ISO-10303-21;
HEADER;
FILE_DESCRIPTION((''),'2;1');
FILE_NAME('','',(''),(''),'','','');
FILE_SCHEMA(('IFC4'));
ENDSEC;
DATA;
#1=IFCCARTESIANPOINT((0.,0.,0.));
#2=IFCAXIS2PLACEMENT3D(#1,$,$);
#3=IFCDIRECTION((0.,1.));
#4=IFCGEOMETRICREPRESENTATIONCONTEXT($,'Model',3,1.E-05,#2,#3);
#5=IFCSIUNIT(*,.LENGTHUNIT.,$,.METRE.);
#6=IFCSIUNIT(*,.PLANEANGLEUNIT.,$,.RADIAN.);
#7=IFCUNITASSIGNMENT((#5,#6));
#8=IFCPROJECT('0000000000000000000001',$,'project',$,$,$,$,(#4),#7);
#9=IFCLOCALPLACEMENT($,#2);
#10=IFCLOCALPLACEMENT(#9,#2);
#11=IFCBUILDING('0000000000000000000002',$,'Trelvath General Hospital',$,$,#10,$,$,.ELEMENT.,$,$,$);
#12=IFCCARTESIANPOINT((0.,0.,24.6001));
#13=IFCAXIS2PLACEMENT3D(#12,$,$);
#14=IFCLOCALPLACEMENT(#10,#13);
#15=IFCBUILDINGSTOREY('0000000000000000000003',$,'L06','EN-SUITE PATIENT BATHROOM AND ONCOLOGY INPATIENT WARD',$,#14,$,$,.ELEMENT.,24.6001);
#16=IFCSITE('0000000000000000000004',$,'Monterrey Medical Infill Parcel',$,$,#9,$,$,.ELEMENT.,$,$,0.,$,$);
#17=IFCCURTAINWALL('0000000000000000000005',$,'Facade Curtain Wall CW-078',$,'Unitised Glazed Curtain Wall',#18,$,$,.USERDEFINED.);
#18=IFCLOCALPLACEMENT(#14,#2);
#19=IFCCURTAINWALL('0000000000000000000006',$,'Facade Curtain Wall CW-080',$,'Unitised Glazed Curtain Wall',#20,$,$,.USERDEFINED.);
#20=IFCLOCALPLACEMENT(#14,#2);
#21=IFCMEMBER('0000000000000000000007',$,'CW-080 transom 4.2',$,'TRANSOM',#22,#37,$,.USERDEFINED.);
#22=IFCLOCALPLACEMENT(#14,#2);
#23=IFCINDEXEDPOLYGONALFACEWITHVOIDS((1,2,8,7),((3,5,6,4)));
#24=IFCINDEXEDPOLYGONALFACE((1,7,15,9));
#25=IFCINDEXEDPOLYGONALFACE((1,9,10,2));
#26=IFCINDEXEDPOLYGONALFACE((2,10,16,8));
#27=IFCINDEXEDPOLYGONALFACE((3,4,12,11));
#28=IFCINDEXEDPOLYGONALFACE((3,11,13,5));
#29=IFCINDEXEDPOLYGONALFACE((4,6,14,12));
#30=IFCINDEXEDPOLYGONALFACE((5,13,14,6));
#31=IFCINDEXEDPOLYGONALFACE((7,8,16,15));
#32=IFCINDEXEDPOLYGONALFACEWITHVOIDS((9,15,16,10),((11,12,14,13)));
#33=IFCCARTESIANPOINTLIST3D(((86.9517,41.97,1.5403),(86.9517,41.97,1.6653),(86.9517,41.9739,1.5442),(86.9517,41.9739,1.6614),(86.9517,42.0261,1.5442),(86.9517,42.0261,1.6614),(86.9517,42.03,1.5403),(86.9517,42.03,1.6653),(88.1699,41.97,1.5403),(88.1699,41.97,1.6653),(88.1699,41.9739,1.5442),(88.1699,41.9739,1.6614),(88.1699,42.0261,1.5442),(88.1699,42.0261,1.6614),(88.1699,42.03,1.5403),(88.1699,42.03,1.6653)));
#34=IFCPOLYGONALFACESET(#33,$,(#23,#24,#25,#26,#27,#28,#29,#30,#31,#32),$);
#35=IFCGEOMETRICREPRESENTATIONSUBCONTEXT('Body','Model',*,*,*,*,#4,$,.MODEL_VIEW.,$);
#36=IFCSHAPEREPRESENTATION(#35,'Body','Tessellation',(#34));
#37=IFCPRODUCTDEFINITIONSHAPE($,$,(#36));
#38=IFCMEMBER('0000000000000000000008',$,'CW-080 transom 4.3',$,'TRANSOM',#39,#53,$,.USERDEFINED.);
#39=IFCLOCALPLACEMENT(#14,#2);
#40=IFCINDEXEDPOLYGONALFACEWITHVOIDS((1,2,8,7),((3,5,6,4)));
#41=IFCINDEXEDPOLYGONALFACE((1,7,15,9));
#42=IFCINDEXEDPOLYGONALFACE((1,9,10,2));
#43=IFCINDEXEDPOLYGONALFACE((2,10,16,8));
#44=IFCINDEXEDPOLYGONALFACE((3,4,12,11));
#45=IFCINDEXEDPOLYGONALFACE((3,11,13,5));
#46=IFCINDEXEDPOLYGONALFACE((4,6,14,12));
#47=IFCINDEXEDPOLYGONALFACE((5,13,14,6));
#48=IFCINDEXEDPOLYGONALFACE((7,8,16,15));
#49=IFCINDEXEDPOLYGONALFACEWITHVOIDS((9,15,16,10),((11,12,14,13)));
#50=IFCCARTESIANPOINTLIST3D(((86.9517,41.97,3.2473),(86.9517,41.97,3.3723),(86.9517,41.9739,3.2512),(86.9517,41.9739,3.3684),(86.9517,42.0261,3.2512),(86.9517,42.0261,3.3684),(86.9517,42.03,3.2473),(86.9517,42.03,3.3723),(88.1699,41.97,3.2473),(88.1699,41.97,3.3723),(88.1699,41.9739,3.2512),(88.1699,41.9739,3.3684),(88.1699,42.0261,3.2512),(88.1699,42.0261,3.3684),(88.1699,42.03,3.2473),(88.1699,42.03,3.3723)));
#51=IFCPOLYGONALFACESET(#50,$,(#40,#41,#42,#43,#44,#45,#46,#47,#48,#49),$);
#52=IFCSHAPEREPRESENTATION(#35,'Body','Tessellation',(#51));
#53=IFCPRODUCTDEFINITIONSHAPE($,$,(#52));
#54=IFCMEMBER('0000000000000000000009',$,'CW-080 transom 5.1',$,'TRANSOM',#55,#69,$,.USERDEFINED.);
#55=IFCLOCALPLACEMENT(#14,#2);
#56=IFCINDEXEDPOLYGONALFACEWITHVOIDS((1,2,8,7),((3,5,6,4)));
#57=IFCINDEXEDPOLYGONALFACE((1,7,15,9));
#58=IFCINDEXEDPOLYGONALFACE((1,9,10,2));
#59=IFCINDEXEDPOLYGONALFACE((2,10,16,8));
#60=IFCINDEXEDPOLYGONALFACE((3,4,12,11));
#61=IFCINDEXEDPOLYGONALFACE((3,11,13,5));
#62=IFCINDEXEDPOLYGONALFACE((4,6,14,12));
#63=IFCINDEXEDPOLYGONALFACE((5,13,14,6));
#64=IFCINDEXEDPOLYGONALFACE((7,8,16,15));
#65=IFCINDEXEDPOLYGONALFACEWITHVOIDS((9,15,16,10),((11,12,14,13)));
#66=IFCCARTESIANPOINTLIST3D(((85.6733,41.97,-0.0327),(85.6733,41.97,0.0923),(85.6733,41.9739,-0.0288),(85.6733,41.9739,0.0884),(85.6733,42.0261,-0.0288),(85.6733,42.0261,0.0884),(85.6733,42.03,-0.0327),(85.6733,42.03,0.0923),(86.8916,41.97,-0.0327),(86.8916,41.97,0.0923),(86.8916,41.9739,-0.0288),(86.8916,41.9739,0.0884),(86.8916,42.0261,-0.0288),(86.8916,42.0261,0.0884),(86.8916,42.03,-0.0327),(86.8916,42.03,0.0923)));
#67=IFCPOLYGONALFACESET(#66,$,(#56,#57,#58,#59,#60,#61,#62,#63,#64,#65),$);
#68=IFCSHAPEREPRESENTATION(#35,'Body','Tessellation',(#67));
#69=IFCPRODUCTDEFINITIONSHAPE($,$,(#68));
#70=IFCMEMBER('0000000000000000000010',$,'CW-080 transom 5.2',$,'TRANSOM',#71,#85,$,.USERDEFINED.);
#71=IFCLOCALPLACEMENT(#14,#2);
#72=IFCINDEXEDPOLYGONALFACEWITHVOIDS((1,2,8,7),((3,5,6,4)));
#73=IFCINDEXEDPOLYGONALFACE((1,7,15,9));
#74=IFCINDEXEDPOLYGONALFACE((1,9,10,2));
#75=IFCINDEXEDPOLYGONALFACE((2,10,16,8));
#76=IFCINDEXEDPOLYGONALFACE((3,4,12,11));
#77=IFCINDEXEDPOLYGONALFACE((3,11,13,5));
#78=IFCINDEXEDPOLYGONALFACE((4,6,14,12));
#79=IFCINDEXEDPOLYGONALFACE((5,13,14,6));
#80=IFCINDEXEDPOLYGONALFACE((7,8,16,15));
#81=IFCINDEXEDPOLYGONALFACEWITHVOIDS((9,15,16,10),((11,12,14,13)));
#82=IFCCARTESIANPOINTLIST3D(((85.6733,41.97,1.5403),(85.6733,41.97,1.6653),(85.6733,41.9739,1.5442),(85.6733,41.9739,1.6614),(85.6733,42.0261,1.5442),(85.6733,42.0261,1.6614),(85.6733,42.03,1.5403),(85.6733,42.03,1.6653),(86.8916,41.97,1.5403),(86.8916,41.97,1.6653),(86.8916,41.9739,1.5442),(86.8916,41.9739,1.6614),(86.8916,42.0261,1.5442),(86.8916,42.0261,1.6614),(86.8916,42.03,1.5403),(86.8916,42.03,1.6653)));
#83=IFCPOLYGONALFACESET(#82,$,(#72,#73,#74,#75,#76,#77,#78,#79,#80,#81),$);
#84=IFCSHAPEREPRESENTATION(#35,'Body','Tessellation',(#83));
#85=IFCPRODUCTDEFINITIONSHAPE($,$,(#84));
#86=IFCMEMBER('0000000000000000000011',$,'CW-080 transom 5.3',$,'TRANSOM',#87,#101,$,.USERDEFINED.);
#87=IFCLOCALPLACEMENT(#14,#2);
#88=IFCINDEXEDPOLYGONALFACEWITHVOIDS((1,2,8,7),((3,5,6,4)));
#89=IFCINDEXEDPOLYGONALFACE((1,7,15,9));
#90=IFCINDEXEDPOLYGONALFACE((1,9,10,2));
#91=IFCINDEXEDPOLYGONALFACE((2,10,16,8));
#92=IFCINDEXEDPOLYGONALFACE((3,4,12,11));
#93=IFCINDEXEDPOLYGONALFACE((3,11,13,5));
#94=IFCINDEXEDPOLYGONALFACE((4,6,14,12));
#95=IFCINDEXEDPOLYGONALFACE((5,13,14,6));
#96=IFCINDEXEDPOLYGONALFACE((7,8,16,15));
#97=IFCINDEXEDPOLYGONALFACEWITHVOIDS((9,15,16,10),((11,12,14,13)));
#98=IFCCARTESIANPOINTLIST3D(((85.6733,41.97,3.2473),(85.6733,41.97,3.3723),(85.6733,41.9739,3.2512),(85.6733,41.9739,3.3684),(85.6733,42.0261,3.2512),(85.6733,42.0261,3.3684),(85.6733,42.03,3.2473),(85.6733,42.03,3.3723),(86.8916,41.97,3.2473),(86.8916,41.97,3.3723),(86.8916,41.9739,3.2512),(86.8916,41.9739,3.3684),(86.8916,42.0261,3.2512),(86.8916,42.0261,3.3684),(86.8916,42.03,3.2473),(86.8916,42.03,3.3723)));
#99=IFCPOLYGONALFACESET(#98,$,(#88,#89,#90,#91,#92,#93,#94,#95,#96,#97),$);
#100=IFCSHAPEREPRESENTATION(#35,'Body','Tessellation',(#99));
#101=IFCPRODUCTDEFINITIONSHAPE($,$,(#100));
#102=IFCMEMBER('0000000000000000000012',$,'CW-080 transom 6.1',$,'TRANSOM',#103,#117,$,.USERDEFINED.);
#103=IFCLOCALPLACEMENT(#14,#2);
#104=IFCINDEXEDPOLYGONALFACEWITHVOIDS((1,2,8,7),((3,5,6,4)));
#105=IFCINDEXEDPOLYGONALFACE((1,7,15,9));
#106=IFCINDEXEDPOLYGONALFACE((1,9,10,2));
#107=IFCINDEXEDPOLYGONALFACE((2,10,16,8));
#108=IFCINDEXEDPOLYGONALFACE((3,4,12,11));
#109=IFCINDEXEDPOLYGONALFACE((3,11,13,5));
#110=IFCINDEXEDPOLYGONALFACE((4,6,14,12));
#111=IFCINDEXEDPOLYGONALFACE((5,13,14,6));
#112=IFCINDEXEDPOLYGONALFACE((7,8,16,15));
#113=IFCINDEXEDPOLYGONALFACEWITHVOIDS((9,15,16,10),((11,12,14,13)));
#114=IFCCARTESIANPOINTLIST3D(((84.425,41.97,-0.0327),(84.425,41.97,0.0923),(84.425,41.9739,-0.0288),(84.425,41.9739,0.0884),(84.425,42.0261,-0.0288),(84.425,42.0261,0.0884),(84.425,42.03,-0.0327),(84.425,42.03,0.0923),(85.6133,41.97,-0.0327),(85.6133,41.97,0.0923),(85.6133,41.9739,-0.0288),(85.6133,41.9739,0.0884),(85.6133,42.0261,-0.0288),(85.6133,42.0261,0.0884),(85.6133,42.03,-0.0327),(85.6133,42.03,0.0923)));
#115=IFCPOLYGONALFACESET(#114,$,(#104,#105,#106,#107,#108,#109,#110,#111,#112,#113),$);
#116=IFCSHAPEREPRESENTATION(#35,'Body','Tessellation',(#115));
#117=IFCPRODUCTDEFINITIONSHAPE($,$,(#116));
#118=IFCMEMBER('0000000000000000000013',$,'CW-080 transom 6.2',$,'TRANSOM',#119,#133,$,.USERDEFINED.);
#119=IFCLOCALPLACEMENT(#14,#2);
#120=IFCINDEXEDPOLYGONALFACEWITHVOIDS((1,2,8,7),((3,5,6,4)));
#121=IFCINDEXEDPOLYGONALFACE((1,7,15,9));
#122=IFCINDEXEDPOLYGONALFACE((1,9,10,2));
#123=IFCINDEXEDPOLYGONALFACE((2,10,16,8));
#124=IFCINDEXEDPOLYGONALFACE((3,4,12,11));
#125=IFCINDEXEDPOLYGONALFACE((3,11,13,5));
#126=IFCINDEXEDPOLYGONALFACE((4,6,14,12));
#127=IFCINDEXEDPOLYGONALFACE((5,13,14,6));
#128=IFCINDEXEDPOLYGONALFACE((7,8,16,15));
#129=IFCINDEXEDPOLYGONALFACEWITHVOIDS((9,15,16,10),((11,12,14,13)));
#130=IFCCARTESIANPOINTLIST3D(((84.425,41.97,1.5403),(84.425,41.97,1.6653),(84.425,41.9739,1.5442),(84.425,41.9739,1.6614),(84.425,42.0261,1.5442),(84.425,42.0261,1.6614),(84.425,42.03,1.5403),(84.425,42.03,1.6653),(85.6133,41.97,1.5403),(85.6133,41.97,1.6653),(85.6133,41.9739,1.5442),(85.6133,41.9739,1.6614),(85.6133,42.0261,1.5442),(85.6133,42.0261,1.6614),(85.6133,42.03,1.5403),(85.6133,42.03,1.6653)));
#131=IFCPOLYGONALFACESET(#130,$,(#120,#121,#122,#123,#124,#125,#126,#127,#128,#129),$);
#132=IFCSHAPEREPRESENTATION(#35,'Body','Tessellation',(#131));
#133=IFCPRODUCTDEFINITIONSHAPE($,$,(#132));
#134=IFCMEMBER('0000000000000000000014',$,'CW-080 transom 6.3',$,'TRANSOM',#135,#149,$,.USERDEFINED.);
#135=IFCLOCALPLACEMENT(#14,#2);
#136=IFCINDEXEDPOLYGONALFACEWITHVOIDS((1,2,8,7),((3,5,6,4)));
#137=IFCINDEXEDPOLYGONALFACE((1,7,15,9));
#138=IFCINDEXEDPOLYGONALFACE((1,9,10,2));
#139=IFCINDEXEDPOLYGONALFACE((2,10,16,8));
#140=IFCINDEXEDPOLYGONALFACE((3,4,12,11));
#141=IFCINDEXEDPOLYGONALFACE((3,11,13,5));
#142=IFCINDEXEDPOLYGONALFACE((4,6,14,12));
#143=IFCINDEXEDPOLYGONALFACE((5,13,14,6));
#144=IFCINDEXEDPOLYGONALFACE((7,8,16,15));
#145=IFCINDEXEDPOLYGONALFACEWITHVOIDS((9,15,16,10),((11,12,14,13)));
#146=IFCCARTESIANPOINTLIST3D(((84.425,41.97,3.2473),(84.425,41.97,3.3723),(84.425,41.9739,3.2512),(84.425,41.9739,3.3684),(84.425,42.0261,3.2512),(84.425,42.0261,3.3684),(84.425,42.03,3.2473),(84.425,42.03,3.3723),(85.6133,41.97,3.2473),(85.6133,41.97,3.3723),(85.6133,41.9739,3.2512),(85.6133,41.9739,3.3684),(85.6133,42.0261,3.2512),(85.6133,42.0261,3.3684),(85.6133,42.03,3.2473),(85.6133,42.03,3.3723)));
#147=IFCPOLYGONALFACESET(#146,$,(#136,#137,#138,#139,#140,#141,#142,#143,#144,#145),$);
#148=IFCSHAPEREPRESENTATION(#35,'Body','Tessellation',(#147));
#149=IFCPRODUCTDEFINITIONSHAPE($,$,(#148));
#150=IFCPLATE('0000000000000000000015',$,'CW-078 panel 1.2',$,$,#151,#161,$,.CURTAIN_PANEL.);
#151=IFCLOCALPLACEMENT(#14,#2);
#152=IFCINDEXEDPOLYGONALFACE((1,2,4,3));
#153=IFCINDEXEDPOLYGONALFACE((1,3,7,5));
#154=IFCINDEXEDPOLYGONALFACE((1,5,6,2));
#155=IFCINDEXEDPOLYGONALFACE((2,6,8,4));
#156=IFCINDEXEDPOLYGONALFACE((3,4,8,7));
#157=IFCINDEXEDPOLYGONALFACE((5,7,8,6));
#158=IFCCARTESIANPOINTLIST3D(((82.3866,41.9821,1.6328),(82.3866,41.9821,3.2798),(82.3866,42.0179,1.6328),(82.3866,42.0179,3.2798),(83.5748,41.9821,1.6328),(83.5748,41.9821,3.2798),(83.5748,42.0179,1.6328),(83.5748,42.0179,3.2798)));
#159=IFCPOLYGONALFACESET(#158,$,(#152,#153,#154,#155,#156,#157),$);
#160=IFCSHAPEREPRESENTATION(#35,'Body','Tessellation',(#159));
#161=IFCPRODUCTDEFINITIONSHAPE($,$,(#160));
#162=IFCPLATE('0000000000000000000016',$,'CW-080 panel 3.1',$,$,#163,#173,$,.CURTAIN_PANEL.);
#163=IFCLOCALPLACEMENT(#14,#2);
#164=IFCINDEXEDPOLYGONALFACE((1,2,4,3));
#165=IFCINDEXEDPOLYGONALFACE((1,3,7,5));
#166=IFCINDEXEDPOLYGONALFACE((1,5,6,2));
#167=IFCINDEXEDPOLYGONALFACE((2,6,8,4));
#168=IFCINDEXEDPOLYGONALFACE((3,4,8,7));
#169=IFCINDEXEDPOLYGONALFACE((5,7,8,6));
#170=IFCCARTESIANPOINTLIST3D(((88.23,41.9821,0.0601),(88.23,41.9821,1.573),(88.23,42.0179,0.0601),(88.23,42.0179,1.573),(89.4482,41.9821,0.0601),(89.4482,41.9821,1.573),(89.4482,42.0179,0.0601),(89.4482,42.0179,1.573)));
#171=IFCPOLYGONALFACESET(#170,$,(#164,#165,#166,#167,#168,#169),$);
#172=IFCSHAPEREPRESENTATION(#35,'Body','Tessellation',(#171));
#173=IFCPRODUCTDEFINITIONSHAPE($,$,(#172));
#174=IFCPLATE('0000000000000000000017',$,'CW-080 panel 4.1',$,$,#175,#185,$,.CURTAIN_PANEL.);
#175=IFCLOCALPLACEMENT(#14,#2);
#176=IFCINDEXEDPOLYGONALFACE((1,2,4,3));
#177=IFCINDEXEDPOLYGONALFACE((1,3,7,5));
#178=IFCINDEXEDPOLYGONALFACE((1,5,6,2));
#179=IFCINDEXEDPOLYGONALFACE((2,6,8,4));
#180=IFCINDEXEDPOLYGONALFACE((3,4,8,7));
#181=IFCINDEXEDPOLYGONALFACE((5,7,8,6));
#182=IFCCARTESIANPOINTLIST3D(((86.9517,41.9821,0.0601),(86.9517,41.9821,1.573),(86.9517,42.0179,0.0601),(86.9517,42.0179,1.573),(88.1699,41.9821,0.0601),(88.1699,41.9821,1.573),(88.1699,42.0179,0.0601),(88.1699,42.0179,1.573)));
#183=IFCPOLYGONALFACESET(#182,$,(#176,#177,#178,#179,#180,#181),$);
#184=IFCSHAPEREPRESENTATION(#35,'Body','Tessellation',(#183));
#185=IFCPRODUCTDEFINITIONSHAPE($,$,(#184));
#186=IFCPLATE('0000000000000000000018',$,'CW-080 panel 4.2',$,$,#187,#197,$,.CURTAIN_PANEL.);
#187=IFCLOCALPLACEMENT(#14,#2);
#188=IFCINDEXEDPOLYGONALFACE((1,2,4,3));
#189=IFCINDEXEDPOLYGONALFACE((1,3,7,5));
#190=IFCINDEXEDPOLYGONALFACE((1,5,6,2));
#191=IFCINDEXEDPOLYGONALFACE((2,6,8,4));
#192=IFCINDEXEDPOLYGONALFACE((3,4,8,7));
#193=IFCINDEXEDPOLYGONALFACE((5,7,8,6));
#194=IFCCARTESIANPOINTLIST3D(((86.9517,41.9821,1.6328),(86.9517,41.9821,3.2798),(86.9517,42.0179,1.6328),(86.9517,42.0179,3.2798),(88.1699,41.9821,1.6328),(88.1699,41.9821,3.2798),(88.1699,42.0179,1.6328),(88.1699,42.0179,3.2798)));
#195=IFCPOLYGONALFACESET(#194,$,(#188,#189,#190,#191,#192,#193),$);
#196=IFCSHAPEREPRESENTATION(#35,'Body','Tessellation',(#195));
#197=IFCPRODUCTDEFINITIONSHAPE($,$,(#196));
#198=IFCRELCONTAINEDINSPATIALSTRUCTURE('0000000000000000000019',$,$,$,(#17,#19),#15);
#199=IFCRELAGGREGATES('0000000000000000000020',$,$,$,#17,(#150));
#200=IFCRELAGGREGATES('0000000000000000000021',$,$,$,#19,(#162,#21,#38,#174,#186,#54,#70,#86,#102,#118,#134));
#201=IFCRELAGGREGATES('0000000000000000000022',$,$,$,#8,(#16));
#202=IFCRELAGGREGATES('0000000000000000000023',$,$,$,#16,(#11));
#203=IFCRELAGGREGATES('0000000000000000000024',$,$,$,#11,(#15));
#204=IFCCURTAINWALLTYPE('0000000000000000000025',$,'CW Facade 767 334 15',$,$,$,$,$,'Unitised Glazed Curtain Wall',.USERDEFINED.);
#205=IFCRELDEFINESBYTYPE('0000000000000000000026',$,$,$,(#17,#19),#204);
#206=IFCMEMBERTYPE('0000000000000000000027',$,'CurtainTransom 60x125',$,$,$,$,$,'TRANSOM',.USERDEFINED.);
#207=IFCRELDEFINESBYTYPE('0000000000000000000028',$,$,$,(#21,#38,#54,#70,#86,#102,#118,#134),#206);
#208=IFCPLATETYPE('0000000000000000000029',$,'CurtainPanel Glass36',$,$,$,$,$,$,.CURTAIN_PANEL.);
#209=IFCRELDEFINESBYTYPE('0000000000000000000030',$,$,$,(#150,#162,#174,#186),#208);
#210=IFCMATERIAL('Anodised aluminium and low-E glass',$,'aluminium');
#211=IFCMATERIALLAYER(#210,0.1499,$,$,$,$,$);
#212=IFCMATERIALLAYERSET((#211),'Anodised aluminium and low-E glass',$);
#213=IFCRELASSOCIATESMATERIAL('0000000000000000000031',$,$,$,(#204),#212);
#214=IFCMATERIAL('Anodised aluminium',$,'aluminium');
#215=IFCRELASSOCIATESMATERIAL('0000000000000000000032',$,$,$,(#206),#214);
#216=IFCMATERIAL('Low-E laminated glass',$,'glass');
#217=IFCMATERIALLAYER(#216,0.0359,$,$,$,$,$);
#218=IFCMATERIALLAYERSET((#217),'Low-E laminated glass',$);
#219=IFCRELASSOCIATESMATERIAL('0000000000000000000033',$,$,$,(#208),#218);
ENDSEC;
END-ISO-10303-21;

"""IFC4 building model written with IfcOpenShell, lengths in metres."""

from ifc_helpers import new_model, si_unit, direction, frame, origin, origin_2d, place, context, subcontext, project, spatial, rectangle, hollow_rectangle, extrude, material, layer, layer_set, material_profile, profile_set, type_object, element, aggregate, save


model = new_model("IFC4")

# Units and contexts
model_context = context("Model", 3, precision=1e-05, world=origin(), true_north=direction((0.0, 1.0)))
body_context = subcontext(model_context, "Body", "Model", "MODEL_VIEW")
ifc_project = project(units=[si_unit("LENGTHUNIT", "METRE"), si_unit("PLANEANGLEUNIT", "RADIAN")], contexts=[model_context])

# Site, building, storey
site_placement = place(None, origin())
site = spatial("IfcSite", under=ifc_project, at=site_placement, Name="Monterrey Medical Infill Parcel", CompositionType="ELEMENT", RefElevation=0.0)
building_placement = place(site_placement, origin())
building = spatial("IfcBuilding", under=site, at=building_placement, Name="Trelvath General Hospital", CompositionType="ELEMENT")
storey_placement = place(building_placement, frame((0.0, 0.0, 24.6001)))
storey = spatial("IfcBuildingStorey", under=building, at=storey_placement, Name="L06", Description="EN-SUITE PATIENT BATHROOM AND ONCOLOGY INPATIENT WARD", CompositionType="ELEMENT", Elevation=24.6001)

# Curtain wall
ifc_material_1 = material(Name="Anodised aluminium and low-E glass", Category="aluminium")
ifc_layer_1 = layer(ifc_material_1, 0.1499)
ifc_layer_set_1 = layer_set([ifc_layer_1], Name="Anodised aluminium and low-E glass")
curtain_wall_type = type_object("IfcCurtainWallType", Name="CW Facade 767 334 15", ElementType="Unitised Glazed Curtain Wall", PredefinedType="USERDEFINED", material=ifc_layer_set_1)
curtain_wall_1_placement = place(storey_placement, origin())
curtain_wall_1 = element("IfcCurtainWall", 1, at=curtain_wall_1_placement, inside=storey, type_object=curtain_wall_type, Name="Facade Curtain Wall CW-078", ObjectType="Unitised Glazed Curtain Wall", PredefinedType="USERDEFINED")

# Curtain wall
curtain_wall_2_placement = place(storey_placement, origin())
curtain_wall_2 = element("IfcCurtainWall", 2, at=curtain_wall_2_placement, inside=storey, type_object=curtain_wall_type, Name="Facade Curtain Wall CW-080", ObjectType="Unitised Glazed Curtain Wall", PredefinedType="USERDEFINED")

# Members
ifc_material_2 = material(Name="Anodised aluminium", Category="aluminium")
ifc_material_profile_1 = material_profile(ifc_material_2, hollow_rectangle(XDim=0.0601, YDim=0.125, WallThickness=0.0039, at=origin_2d()), Name="RHS60x125x4")
ifc_profile_set_1 = profile_set([ifc_material_profile_1], Name="Anodised aluminium")
member_type_1 = type_object("IfcMemberType", Name="CurtainTransom 60x125", ElementType="TRANSOM", PredefinedType="USERDEFINED", material=ifc_profile_set_1)
member_1_placement = place(storey_placement, frame((88.1699, 42.0, 1.6028), z_axis=(-1.0, 0.0, 0.0), x_axis=(0.0, -1.0, 0.0)))
member_1 = element("IfcMember", 3, at=member_1_placement, type_object=member_type_1, Name="CW-080 transom 4.2", ObjectType="TRANSOM", PredefinedType="USERDEFINED", context=body_context, shape_type="SweptSolid", body=[
    extrude(hollow_rectangle(XDim=0.0601, YDim=0.125, WallThickness=0.0039, at=origin_2d()), origin(), (0.0, 0.0, 1.0), 1.2183),
])
member_2_placement = place(storey_placement, frame((88.1699, 42.0, 3.3098), z_axis=(-1.0, 0.0, 0.0), x_axis=(0.0, -1.0, 0.0)))
member_2 = element("IfcMember", 4, at=member_2_placement, type_object=member_type_1, Name="CW-080 transom 4.3", ObjectType="TRANSOM", PredefinedType="USERDEFINED", context=body_context, shape_type="SweptSolid", body=[
    extrude(hollow_rectangle(XDim=0.0601, YDim=0.125, WallThickness=0.0039, at=origin_2d()), origin(), (0.0, 0.0, 1.0), 1.2183),
])
member_3_placement = place(storey_placement, frame((86.8916, 42.0, 0.0298), z_axis=(-1.0, 0.0, 0.0), x_axis=(0.0, -1.0, 0.0)))
member_3 = element("IfcMember", 5, at=member_3_placement, type_object=member_type_1, Name="CW-080 transom 5.1", ObjectType="TRANSOM", PredefinedType="USERDEFINED", context=body_context, shape_type="SweptSolid", body=[
    extrude(hollow_rectangle(XDim=0.0601, YDim=0.125, WallThickness=0.0039, at=origin_2d()), origin(), (0.0, 0.0, 1.0), 1.2183),
])
member_4_placement = place(storey_placement, frame((86.8916, 42.0, 1.6028), z_axis=(-1.0, 0.0, 0.0), x_axis=(0.0, -1.0, 0.0)))
member_4 = element("IfcMember", 6, at=member_4_placement, type_object=member_type_1, Name="CW-080 transom 5.2", ObjectType="TRANSOM", PredefinedType="USERDEFINED", context=body_context, shape_type="SweptSolid", body=[
    extrude(hollow_rectangle(XDim=0.0601, YDim=0.125, WallThickness=0.0039, at=origin_2d()), origin(), (0.0, 0.0, 1.0), 1.2183),
])
member_5_placement = place(storey_placement, frame((86.8916, 42.0, 3.3098), z_axis=(-1.0, 0.0, 0.0), x_axis=(0.0, -1.0, 0.0)))
member_5 = element("IfcMember", 7, at=member_5_placement, type_object=member_type_1, Name="CW-080 transom 5.3", ObjectType="TRANSOM", PredefinedType="USERDEFINED", context=body_context, shape_type="SweptSolid", body=[
    extrude(hollow_rectangle(XDim=0.0601, YDim=0.125, WallThickness=0.0039, at=origin_2d()), origin(), (0.0, 0.0, 1.0), 1.2183),
])
member_6_placement = place(storey_placement, frame((85.6133, 42.0, 0.0298), z_axis=(-1.0, 0.0, 0.0), x_axis=(0.0, -1.0, 0.0)))
member_6 = element("IfcMember", 8, at=member_6_placement, type_object=member_type_1, Name="CW-080 transom 6.1", ObjectType="TRANSOM", PredefinedType="USERDEFINED", context=body_context, shape_type="SweptSolid", body=[
    extrude(hollow_rectangle(XDim=0.0601, YDim=0.125, WallThickness=0.0039, at=origin_2d()), origin(), (0.0, 0.0, 1.0), 1.1882),
])
member_7_placement = place(storey_placement, frame((85.6133, 42.0, 1.6028), z_axis=(-1.0, 0.0, 0.0), x_axis=(0.0, -1.0, 0.0)))
member_7 = element("IfcMember", 9, at=member_7_placement, type_object=member_type_1, Name="CW-080 transom 6.2", ObjectType="TRANSOM", PredefinedType="USERDEFINED", context=body_context, shape_type="SweptSolid", body=[
    extrude(hollow_rectangle(XDim=0.0601, YDim=0.125, WallThickness=0.0039, at=origin_2d()), origin(), (0.0, 0.0, 1.0), 1.1882),
])
member_8_placement = place(storey_placement, frame((85.6133, 42.0, 3.3098), z_axis=(-1.0, 0.0, 0.0), x_axis=(0.0, -1.0, 0.0)))
member_8 = element("IfcMember", 10, at=member_8_placement, type_object=member_type_1, Name="CW-080 transom 6.3", ObjectType="TRANSOM", PredefinedType="USERDEFINED", context=body_context, shape_type="SweptSolid", body=[
    extrude(hollow_rectangle(XDim=0.0601, YDim=0.125, WallThickness=0.0039, at=origin_2d()), origin(), (0.0, 0.0, 1.0), 1.1882),
])

# Plates
ifc_material_3 = material(Name="Low-E laminated glass", Category="glass")
ifc_layer_2 = layer(ifc_material_3, 0.0359)
ifc_layer_set_2 = layer_set([ifc_layer_2], Name="Low-E laminated glass")
plate_type = type_object("IfcPlateType", Name="CurtainPanel Glass36", PredefinedType="CURTAIN_PANEL", material=ifc_layer_set_2)
plate_1_placement = place(storey_placement, frame((82.9807, 42.0, 1.6328), z_axis=(0.0, 0.0, 1.0), x_axis=(-1.0, 0.0, 0.0)))
plate_1 = element("IfcPlate", 11, at=plate_1_placement, type_object=plate_type, Name="CW-078 panel 1.2", PredefinedType="CURTAIN_PANEL", context=body_context, shape_type="SweptSolid", body=[
    extrude(rectangle(XDim=1.1882, YDim=0.0359, at=origin_2d()), origin(), (0.0, 0.0, 1.0), 1.647),
])
aggregate(curtain_wall_1, [plate_1])
plate_2_placement = place(storey_placement, frame((88.8391, 42.0, 0.0601), z_axis=(0.0, 0.0, 1.0), x_axis=(-1.0, 0.0, 0.0)))
plate_2 = element("IfcPlate", 12, at=plate_2_placement, type_object=plate_type, Name="CW-080 panel 3.1", PredefinedType="CURTAIN_PANEL", context=body_context, shape_type="SweptSolid", body=[
    extrude(rectangle(XDim=1.2183, YDim=0.0359, at=origin_2d()), origin(), (0.0, 0.0, 1.0), 1.5129),
])
plate_3_placement = place(storey_placement, frame((87.5608, 42.0, 0.0601), z_axis=(0.0, 0.0, 1.0), x_axis=(-1.0, 0.0, 0.0)))
plate_3 = element("IfcPlate", 13, at=plate_3_placement, type_object=plate_type, Name="CW-080 panel 4.1", PredefinedType="CURTAIN_PANEL", context=body_context, shape_type="SweptSolid", body=[
    extrude(rectangle(XDim=1.2183, YDim=0.0359, at=origin_2d()), origin(), (0.0, 0.0, 1.0), 1.5129),
])
plate_4_placement = place(storey_placement, frame((87.5608, 42.0, 1.6328), z_axis=(0.0, 0.0, 1.0), x_axis=(-1.0, 0.0, 0.0)))
plate_4 = element("IfcPlate", 14, at=plate_4_placement, type_object=plate_type, Name="CW-080 panel 4.2", PredefinedType="CURTAIN_PANEL", context=body_context, shape_type="SweptSolid", body=[
    extrude(rectangle(XDim=1.2183, YDim=0.0359, at=origin_2d()), origin(), (0.0, 0.0, 1.0), 1.647),
])
aggregate(curtain_wall_2, [plate_2, member_1, member_2, plate_3, plate_4, member_3, member_4, member_5, member_6, member_7, member_8])

save(model, "model.ifc")
